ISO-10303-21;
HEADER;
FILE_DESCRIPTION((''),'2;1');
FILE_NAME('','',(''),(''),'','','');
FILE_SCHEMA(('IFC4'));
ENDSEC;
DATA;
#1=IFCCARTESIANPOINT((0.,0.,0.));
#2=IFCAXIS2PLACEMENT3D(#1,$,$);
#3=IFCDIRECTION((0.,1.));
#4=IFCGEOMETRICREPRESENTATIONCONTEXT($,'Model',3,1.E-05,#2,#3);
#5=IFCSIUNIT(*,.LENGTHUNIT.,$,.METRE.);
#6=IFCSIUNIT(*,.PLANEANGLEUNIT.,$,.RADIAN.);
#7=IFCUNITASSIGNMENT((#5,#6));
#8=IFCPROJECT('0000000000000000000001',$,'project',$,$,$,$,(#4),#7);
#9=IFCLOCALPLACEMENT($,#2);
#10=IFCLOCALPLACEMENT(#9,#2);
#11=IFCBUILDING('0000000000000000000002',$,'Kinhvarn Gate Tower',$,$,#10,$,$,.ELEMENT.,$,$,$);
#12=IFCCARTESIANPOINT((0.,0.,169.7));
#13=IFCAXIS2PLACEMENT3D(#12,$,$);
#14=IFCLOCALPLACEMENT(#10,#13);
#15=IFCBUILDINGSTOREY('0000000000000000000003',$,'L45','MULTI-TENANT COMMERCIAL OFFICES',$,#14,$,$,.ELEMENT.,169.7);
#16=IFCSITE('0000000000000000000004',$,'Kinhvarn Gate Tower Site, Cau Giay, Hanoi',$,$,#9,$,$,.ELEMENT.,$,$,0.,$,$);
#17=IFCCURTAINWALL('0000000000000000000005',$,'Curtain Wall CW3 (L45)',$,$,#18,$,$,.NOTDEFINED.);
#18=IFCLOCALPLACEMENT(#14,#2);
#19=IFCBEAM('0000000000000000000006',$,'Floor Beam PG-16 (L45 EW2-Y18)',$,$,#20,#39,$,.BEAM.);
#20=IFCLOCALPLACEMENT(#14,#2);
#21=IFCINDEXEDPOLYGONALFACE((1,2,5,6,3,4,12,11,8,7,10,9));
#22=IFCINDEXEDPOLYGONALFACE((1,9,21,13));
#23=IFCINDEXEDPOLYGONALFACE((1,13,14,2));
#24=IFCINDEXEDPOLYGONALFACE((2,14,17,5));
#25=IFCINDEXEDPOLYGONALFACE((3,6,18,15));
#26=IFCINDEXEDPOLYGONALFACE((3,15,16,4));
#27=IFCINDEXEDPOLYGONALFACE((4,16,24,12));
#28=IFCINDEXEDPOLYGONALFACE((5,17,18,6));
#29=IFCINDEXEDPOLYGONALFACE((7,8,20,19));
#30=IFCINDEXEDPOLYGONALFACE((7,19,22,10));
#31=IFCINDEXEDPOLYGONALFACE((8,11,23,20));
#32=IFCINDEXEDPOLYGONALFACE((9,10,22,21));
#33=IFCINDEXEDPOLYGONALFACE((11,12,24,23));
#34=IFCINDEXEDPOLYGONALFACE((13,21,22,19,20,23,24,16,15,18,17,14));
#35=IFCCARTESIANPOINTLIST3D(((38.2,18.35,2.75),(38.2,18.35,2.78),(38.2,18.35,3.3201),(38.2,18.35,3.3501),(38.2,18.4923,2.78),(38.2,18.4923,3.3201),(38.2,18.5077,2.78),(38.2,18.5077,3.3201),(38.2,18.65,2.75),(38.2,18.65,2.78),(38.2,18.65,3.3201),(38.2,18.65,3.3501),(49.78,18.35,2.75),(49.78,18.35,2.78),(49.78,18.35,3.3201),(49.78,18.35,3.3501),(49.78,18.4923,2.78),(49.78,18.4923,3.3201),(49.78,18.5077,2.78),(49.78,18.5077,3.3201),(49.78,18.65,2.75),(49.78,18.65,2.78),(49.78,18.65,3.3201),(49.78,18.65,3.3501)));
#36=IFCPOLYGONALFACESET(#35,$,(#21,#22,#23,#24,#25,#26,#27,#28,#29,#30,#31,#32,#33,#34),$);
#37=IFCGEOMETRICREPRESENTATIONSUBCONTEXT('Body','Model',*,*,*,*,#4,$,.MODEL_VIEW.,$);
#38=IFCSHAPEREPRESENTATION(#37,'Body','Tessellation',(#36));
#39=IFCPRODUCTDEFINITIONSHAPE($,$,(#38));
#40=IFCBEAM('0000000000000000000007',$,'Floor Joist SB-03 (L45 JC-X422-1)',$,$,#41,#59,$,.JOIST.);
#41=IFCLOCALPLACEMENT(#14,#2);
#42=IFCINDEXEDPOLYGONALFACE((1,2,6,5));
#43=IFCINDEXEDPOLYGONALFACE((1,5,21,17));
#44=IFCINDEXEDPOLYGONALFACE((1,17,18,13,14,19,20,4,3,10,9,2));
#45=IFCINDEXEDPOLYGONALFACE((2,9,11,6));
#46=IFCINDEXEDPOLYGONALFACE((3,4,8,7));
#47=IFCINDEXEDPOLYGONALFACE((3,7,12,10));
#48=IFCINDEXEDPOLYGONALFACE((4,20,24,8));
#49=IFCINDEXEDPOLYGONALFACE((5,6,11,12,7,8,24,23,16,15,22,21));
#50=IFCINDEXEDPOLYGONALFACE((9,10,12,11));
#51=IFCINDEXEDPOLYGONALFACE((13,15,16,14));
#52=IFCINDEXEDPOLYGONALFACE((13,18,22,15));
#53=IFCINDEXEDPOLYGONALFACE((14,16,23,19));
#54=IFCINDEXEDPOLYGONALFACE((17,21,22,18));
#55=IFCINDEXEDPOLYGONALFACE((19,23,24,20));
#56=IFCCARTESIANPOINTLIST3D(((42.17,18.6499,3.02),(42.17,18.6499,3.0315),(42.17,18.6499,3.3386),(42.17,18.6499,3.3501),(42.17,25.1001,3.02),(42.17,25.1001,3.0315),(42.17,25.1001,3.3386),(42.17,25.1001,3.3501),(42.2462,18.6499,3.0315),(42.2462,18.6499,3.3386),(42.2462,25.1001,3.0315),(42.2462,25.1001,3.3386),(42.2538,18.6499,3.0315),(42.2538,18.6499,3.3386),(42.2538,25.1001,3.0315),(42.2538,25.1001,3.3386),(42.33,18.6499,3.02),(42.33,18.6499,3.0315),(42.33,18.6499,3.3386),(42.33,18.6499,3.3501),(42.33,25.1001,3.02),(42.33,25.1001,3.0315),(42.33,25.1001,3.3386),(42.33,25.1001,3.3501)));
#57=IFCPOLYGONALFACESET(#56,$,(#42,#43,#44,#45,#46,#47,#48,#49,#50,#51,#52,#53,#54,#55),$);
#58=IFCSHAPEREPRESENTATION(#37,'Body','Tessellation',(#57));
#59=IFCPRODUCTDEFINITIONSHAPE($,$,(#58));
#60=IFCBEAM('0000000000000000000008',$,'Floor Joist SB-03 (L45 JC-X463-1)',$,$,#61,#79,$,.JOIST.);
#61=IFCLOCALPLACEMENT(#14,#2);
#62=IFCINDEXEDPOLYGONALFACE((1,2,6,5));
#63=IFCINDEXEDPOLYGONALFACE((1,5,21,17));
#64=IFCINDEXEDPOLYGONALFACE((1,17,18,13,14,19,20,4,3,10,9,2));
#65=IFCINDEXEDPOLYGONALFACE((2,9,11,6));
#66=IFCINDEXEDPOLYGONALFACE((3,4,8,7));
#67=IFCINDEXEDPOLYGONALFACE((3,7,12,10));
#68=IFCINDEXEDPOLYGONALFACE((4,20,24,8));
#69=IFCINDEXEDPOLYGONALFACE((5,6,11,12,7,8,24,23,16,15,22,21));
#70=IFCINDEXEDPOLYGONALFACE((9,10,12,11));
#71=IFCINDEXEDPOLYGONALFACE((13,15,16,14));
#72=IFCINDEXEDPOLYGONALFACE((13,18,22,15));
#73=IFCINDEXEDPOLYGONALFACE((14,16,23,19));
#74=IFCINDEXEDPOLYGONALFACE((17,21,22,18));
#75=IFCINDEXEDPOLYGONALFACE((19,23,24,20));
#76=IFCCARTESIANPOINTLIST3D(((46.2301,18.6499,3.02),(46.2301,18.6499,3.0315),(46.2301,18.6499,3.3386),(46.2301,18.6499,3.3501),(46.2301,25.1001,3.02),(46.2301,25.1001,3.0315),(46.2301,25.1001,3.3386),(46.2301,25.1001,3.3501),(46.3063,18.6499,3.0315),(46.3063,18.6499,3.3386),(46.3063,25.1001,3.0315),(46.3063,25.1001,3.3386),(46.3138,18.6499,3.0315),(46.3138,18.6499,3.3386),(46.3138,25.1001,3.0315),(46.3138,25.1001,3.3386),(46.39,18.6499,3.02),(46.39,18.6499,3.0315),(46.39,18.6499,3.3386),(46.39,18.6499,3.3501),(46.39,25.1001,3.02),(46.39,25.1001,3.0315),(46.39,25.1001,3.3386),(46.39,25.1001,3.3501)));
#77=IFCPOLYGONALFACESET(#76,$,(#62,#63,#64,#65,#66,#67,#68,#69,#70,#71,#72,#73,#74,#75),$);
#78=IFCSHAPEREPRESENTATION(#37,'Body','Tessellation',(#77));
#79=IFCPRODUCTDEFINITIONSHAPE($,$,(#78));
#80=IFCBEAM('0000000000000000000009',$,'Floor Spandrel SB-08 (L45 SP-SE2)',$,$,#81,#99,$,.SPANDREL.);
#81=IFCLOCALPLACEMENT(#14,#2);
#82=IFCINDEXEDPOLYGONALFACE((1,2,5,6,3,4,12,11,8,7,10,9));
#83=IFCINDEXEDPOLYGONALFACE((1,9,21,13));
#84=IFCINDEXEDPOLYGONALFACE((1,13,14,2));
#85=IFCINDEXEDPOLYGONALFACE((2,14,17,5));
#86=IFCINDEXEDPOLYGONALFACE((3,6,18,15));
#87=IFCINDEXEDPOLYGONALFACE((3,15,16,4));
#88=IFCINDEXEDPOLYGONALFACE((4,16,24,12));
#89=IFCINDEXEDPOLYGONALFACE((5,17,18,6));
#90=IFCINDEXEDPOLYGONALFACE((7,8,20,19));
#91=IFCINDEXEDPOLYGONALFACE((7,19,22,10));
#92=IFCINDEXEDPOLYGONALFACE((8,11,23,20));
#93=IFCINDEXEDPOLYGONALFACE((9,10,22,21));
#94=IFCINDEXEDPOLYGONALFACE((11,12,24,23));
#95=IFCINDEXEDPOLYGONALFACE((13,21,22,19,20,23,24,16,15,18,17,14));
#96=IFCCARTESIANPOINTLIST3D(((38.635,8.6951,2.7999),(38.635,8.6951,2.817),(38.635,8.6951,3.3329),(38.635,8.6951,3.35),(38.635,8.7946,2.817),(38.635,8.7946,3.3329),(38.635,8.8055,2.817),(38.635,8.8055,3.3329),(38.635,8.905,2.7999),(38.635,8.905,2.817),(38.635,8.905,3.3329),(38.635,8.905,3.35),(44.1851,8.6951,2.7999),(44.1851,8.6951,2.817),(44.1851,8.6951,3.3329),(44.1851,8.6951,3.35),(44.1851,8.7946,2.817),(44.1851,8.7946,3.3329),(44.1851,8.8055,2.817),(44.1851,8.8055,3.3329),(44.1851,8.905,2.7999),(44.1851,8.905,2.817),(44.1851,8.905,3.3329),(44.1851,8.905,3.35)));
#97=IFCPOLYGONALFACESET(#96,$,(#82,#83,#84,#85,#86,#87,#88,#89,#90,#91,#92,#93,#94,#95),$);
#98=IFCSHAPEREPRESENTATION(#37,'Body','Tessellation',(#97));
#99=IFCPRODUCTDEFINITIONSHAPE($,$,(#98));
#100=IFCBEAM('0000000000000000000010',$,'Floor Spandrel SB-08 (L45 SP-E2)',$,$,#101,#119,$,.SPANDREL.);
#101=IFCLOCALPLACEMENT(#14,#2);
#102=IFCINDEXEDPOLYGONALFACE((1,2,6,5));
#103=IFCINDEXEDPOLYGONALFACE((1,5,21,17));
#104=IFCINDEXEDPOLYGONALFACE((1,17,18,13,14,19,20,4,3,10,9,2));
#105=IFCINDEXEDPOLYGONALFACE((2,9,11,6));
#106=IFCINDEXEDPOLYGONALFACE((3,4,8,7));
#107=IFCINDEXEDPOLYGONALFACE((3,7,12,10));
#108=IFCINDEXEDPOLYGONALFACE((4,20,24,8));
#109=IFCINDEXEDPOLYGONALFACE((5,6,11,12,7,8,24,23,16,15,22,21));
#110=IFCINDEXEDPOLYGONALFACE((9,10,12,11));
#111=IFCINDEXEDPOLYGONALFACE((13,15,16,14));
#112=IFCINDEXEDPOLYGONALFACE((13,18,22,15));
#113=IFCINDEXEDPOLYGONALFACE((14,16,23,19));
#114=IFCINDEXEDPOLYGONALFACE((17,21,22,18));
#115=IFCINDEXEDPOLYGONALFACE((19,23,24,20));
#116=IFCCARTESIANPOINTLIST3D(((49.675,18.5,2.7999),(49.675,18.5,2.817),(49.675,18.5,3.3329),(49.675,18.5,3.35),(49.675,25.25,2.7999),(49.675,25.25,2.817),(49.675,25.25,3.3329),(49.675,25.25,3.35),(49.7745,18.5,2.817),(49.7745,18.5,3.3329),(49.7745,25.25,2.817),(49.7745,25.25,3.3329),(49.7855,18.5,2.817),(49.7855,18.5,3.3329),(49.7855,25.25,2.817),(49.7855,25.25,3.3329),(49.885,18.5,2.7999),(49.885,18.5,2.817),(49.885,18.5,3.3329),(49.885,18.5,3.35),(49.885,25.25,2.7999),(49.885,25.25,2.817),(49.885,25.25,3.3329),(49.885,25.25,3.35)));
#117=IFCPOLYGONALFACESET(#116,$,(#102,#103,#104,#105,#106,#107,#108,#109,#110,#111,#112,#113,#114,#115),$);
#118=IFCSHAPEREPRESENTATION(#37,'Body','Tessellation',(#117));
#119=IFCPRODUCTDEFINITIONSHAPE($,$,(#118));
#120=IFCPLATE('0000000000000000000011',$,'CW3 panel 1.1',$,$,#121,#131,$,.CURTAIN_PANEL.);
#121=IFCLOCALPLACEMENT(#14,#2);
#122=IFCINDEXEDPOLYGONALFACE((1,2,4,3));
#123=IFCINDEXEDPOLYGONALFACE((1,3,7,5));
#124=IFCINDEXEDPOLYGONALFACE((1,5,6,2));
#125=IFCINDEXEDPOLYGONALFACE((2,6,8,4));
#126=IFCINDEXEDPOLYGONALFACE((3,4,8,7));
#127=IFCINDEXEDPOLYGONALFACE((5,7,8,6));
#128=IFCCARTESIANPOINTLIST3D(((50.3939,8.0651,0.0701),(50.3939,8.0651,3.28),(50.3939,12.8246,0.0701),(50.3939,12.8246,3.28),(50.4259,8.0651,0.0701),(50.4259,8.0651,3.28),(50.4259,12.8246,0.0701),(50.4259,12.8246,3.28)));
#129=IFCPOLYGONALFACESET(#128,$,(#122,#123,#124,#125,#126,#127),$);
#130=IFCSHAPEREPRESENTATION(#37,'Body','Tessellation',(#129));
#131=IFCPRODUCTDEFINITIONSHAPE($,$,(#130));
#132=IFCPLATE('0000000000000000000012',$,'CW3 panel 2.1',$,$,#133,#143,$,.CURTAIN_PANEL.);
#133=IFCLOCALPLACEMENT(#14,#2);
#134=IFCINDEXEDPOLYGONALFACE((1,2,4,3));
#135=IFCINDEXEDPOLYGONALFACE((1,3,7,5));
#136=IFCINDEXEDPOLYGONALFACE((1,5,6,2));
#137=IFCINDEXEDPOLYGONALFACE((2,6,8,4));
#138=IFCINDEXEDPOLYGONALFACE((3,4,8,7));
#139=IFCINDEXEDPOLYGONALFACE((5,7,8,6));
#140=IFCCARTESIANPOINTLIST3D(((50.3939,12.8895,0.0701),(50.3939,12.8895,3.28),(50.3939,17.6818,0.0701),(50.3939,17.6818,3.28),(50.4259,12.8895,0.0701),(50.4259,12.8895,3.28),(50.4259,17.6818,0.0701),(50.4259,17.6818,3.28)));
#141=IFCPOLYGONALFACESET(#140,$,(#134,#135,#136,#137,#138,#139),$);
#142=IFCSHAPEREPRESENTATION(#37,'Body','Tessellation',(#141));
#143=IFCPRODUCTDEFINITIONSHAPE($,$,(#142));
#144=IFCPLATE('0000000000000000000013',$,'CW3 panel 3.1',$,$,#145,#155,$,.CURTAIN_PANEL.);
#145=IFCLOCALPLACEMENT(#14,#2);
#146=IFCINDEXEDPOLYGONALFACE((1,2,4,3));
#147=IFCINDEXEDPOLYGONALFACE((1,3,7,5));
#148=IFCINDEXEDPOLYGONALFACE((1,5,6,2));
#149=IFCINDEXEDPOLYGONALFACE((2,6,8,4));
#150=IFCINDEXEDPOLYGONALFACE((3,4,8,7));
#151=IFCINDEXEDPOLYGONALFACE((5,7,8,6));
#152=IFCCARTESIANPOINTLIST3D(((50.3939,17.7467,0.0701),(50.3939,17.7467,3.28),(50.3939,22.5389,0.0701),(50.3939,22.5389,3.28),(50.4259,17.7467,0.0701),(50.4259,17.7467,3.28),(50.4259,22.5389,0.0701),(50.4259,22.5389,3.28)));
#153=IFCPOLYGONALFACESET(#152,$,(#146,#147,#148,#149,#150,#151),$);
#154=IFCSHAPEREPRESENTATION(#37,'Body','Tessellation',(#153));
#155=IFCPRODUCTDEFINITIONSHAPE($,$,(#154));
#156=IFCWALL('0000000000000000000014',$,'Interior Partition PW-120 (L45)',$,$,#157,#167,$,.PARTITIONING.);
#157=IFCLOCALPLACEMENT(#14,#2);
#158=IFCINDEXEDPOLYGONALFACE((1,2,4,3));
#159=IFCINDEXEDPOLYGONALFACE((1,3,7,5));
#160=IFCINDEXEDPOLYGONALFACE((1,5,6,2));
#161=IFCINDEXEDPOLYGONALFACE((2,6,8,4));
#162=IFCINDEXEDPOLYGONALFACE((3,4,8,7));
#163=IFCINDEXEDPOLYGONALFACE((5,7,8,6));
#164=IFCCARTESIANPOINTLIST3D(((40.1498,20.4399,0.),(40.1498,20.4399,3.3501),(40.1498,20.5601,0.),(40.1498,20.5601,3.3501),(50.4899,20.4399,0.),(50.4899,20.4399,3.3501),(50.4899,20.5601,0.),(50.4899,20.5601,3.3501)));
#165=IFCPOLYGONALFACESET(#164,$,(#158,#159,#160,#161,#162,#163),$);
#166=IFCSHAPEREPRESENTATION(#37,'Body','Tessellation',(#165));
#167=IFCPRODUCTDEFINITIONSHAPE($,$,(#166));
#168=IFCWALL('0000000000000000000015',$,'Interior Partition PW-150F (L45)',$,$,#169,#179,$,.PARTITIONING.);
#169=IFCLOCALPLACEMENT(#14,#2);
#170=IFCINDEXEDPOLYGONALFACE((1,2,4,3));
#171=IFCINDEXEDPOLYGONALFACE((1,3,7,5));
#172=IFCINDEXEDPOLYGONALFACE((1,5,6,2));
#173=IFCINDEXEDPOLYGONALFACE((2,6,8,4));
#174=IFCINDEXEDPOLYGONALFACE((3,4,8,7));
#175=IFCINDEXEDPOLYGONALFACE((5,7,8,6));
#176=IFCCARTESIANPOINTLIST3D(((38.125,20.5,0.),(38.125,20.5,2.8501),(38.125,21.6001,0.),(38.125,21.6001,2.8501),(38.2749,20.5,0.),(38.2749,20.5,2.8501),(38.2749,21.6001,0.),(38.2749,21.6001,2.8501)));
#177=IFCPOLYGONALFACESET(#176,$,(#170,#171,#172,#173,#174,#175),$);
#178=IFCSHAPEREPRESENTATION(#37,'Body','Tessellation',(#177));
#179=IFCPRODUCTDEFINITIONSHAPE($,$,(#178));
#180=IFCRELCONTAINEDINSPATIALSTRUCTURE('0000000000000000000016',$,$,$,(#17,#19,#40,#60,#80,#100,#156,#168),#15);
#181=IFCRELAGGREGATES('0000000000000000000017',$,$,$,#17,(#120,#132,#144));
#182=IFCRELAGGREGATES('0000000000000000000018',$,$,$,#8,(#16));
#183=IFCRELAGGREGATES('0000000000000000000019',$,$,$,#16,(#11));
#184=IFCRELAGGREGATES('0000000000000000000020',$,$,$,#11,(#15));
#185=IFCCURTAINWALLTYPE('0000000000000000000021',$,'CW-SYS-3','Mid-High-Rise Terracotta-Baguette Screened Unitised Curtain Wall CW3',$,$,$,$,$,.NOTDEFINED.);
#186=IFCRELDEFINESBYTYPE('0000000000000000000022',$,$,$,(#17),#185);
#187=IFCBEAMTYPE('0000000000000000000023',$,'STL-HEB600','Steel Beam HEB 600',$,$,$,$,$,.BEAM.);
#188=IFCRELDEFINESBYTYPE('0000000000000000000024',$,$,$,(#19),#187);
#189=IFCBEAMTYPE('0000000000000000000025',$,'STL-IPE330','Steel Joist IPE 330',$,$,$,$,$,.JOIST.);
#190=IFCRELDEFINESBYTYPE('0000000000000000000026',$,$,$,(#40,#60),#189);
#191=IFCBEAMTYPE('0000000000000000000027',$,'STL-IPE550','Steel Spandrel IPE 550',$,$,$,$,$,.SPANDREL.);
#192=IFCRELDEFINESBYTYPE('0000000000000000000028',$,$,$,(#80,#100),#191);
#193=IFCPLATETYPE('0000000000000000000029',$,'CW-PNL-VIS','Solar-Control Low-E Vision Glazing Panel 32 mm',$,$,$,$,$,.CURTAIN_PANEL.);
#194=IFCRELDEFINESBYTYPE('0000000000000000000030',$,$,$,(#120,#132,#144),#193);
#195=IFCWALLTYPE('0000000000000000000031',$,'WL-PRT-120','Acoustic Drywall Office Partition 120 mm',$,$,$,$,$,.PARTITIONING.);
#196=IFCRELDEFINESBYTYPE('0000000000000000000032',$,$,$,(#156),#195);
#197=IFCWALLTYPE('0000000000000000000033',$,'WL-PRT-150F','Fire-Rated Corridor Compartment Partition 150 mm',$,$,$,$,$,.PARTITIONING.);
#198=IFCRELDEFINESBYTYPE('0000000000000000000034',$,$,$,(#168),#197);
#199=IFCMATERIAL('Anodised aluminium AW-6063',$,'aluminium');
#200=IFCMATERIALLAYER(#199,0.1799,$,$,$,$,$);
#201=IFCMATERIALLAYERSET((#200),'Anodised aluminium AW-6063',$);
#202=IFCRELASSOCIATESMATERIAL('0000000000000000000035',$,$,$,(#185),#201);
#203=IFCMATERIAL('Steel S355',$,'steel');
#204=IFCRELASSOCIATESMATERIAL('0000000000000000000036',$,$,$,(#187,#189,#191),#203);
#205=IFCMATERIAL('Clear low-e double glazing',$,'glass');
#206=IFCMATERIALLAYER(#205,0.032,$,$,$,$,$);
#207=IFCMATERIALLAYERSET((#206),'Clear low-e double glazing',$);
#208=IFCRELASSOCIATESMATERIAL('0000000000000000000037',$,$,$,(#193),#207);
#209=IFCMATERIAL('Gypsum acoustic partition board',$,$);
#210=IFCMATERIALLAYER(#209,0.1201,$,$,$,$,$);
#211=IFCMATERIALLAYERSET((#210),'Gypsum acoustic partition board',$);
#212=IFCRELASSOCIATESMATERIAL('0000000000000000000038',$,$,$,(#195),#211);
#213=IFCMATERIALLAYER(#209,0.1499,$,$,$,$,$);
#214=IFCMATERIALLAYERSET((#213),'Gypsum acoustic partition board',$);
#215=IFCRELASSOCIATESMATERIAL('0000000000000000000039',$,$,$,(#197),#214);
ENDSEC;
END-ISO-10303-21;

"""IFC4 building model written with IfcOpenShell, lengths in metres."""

from ifc_helpers import new_model, si_unit, direction, frame, frame_2d, origin, origin_2d, place, context, subcontext, project, spatial, rectangle, i_section, extrude, material, layer, layer_set, material_profile, profile_set, type_object, element, aggregate, save


model = new_model("IFC4")

# Units and contexts
model_context = context("Model", 3, precision=1e-05, world=origin(), true_north=direction((0.0, 1.0)))
body_context = subcontext(model_context, "Body", "Model", "MODEL_VIEW")
ifc_project = project(units=[si_unit("LENGTHUNIT", "METRE"), si_unit("PLANEANGLEUNIT", "RADIAN")], contexts=[model_context])

# Site, building, storey
site_placement = place(None, origin())
site = spatial("IfcSite", under=ifc_project, at=site_placement, Name="Kinhvarn Gate Tower Site, Cau Giay, Hanoi", CompositionType="ELEMENT", RefElevation=0.0)
building_placement = place(site_placement, origin())
building = spatial("IfcBuilding", under=site, at=building_placement, Name="Kinhvarn Gate Tower", CompositionType="ELEMENT")
storey_placement = place(building_placement, frame((0.0, 0.0, 169.7)))
storey = spatial("IfcBuildingStorey", under=building, at=storey_placement, Name="L45", Description="MULTI-TENANT COMMERCIAL OFFICES", CompositionType="ELEMENT", Elevation=169.7)

# Curtain wall
ifc_material_1 = material(Name="Anodised aluminium AW-6063", Category="aluminium")
ifc_layer_1 = layer(ifc_material_1, 0.1799)
ifc_layer_set_1 = layer_set([ifc_layer_1], Name="Anodised aluminium AW-6063")
curtain_wall_type = type_object("IfcCurtainWallType", Name="CW-SYS-3", Description="Mid-High-Rise Terracotta-Baguette Screened Unitised Curtain Wall CW3", PredefinedType="NOTDEFINED", material=ifc_layer_set_1)
curtain_wall_placement = place(storey_placement, origin())
curtain_wall = element("IfcCurtainWall", 1, at=curtain_wall_placement, inside=storey, type_object=curtain_wall_type, Name="Curtain Wall CW3 (L45)", PredefinedType="NOTDEFINED")

# Beams
ifc_material_2 = material(Name="Steel S355", Category="steel")
ifc_material_profile_1 = material_profile(ifc_material_2, i_section(OverallWidth=0.3, OverallDepth=0.6001, WebThickness=0.0154, FlangeThickness=0.03, at=origin_2d()), Name="HEB 600")
ifc_profile_set_1 = profile_set([ifc_material_profile_1], Name="Steel S355")
beam_type_1 = type_object("IfcBeamType", Name="STL-HEB600", Description="Steel Beam HEB 600", PredefinedType="BEAM", material=ifc_profile_set_1)
beam_1_placement = place(storey_placement, frame((38.2, 18.5, 3.05), z_axis=(1.0, 0.0, 0.0), x_axis=(0.0, 1.0, 0.0)))
element("IfcBeam", 2, at=beam_1_placement, inside=storey, type_object=beam_type_1, Name="Floor Beam PG-16 (L45 EW2-Y18)", PredefinedType="BEAM", context=body_context, shape_type="SweptSolid", body=[
    extrude(i_section(OverallWidth=0.3, OverallDepth=0.6001, WebThickness=0.0154, FlangeThickness=0.03, at=origin_2d()), origin(), (0.0, 0.0, 1.0), 11.5801),
])
ifc_material_profile_2 = material_profile(ifc_material_2, i_section(OverallWidth=0.1599, OverallDepth=0.3301, WebThickness=0.0076, FlangeThickness=0.0115, at=origin_2d()), Name="IPE 330")
ifc_profile_set_2 = profile_set([ifc_material_profile_2], Name="Steel S355")
beam_type_2 = type_object("IfcBeamType", Name="STL-IPE330", Description="Steel Joist IPE 330", PredefinedType="JOIST", material=ifc_profile_set_2)
for number, where, z_axis, x_axis, name in (
    (3, (42.25, 18.6499, 3.1851), (0.0, 1.0, 0.0), (-1.0, 0.0, 0.0), "Floor Joist SB-03 (L45 JC-X422-1)"),
    (4, (46.3101, 18.6499, 3.1851), (0.0, 1.0, 0.0), (-1.0, 0.0, 0.0), "Floor Joist SB-03 (L45 JC-X463-1)"),
):
    element("IfcBeam", number, at=place(storey_placement, frame(where, z_axis=z_axis, x_axis=x_axis)), inside=storey, type_object=beam_type_2, Name=name, PredefinedType="JOIST", context=body_context, shape_type="SweptSolid", body=[
        extrude(i_section(OverallWidth=0.1599, OverallDepth=0.3301, WebThickness=0.0076, FlangeThickness=0.0115, at=origin_2d()), origin(), (0.0, 0.0, 1.0), 6.4502),
    ])
ifc_material_profile_3 = material_profile(ifc_material_2, i_section(OverallWidth=0.21, OverallDepth=0.55, WebThickness=0.011, FlangeThickness=0.0171, at=origin_2d()), Name="IPE 550")
ifc_profile_set_3 = profile_set([ifc_material_profile_3], Name="Steel S355")
beam_type_3 = type_object("IfcBeamType", Name="STL-IPE550", Description="Steel Spandrel IPE 550", PredefinedType="SPANDREL", material=ifc_profile_set_3)
beam_2_placement = place(storey_placement, frame((38.635, 8.8, 3.075), z_axis=(1.0, 0.0, 0.0), x_axis=(0.0, 1.0, 0.0)))
element("IfcBeam", 5, at=beam_2_placement, inside=storey, type_object=beam_type_3, Name="Floor Spandrel SB-08 (L45 SP-SE2)", PredefinedType="SPANDREL", context=body_context, shape_type="SweptSolid", body=[
    extrude(i_section(OverallWidth=0.21, OverallDepth=0.55, WebThickness=0.011, FlangeThickness=0.0171, at=origin_2d()), origin(), (0.0, 0.0, 1.0), 5.55),
])
beam_3_placement = place(storey_placement, frame((49.78, 18.5, 3.075), z_axis=(0.0, 1.0, 0.0), x_axis=(-1.0, 0.0, 0.0)))
element("IfcBeam", 6, at=beam_3_placement, inside=storey, type_object=beam_type_3, Name="Floor Spandrel SB-08 (L45 SP-E2)", PredefinedType="SPANDREL", context=body_context, shape_type="SweptSolid", body=[
    extrude(i_section(OverallWidth=0.21, OverallDepth=0.55, WebThickness=0.011, FlangeThickness=0.0171, at=origin_2d()), origin(), (0.0, 0.0, 1.0), 6.75),
])

# Plates
ifc_material_3 = material(Name="Clear low-e double glazing", Category="glass")
ifc_layer_2 = layer(ifc_material_3, 0.032)
ifc_layer_set_2 = layer_set([ifc_layer_2], Name="Clear low-e double glazing")
plate_type = type_object("IfcPlateType", Name="CW-PNL-VIS", Description="Solar-Control Low-E Vision Glazing Panel 32 mm", PredefinedType="CURTAIN_PANEL", material=ifc_layer_set_2)
plate_1_placement = place(storey_placement, frame((50.4099, 10.4448, 0.0701), z_axis=(0.0, 0.0, 1.0), x_axis=(0.0, 1.0, 0.0)))
plate_1 = element("IfcPlate", 7, at=plate_1_placement, type_object=plate_type, Name="CW3 panel 1.1", PredefinedType="CURTAIN_PANEL", context=body_context, shape_type="SweptSolid", body=[
    extrude(rectangle(XDim=4.7595, YDim=0.032, at=origin_2d()), origin(), (0.0, 0.0, 1.0), 3.21),
])
plate_2_placement = place(storey_placement, frame((50.4099, 15.2856, 0.0701), z_axis=(0.0, 0.0, 1.0), x_axis=(0.0, 1.0, 0.0)))
plate_2 = element("IfcPlate", 8, at=plate_2_placement, type_object=plate_type, Name="CW3 panel 2.1", PredefinedType="CURTAIN_PANEL", context=body_context, shape_type="SweptSolid", body=[
    extrude(rectangle(XDim=4.7922, YDim=0.032, at=origin_2d()), origin(), (0.0, 0.0, 1.0), 3.21),
])
plate_3_placement = place(storey_placement, frame((50.4099, 20.1428, 0.0701), z_axis=(0.0, 0.0, 1.0), x_axis=(0.0, 1.0, 0.0)))
plate_3 = element("IfcPlate", 9, at=plate_3_placement, type_object=plate_type, Name="CW3 panel 3.1", PredefinedType="CURTAIN_PANEL", context=body_context, shape_type="SweptSolid", body=[
    extrude(rectangle(XDim=4.7922, YDim=0.032, at=origin_2d()), origin(), (0.0, 0.0, 1.0), 3.21),
])
aggregate(curtain_wall, [plate_1, plate_2, plate_3])

# Walls
ifc_material_4 = material(Name="Gypsum acoustic partition board")
ifc_layer_3 = layer(ifc_material_4, 0.1201)
ifc_layer_set_3 = layer_set([ifc_layer_3], Name="Gypsum acoustic partition board")
wall_type_1 = type_object("IfcWallType", Name="WL-PRT-120", Description="Acoustic Drywall Office Partition 120 mm", PredefinedType="PARTITIONING", material=ifc_layer_set_3)
wall_1_placement = place(storey_placement, frame((40.1499, 20.5, 0.0), z_axis=(0.0, 0.0, 1.0), x_axis=(1.0, 0.0, 0.0)))
element("IfcWall", 10, at=wall_1_placement, inside=storey, type_object=wall_type_1, Name="Interior Partition PW-120 (L45)", PredefinedType="PARTITIONING", context=body_context, shape_type="SweptSolid", body=[
    extrude(rectangle(XDim=10.3401, YDim=0.1201, at=frame_2d((5.1699, 0.0))), origin(), (0.0, 0.0, 1.0), 3.3501),
])
ifc_layer_4 = layer(ifc_material_4, 0.1499)
ifc_layer_set_4 = layer_set([ifc_layer_4], Name="Gypsum acoustic partition board")
wall_type_2 = type_object("IfcWallType", Name="WL-PRT-150F", Description="Fire-Rated Corridor Compartment Partition 150 mm", PredefinedType="PARTITIONING", material=ifc_layer_set_4)
wall_2_placement = place(storey_placement, frame((38.2, 20.5, 0.0), z_axis=(0.0, 0.0, 1.0), x_axis=(0.0, 1.0, 0.0)))
element("IfcWall", 11, at=wall_2_placement, inside=storey, type_object=wall_type_2, Name="Interior Partition PW-150F (L45)", PredefinedType="PARTITIONING", context=body_context, shape_type="SweptSolid", body=[
    extrude(rectangle(XDim=1.1001, YDim=0.1499, at=frame_2d((0.55, 0.0))), origin(), (0.0, 0.0, 1.0), 2.8501),
])

save(model, "model.ifc")
